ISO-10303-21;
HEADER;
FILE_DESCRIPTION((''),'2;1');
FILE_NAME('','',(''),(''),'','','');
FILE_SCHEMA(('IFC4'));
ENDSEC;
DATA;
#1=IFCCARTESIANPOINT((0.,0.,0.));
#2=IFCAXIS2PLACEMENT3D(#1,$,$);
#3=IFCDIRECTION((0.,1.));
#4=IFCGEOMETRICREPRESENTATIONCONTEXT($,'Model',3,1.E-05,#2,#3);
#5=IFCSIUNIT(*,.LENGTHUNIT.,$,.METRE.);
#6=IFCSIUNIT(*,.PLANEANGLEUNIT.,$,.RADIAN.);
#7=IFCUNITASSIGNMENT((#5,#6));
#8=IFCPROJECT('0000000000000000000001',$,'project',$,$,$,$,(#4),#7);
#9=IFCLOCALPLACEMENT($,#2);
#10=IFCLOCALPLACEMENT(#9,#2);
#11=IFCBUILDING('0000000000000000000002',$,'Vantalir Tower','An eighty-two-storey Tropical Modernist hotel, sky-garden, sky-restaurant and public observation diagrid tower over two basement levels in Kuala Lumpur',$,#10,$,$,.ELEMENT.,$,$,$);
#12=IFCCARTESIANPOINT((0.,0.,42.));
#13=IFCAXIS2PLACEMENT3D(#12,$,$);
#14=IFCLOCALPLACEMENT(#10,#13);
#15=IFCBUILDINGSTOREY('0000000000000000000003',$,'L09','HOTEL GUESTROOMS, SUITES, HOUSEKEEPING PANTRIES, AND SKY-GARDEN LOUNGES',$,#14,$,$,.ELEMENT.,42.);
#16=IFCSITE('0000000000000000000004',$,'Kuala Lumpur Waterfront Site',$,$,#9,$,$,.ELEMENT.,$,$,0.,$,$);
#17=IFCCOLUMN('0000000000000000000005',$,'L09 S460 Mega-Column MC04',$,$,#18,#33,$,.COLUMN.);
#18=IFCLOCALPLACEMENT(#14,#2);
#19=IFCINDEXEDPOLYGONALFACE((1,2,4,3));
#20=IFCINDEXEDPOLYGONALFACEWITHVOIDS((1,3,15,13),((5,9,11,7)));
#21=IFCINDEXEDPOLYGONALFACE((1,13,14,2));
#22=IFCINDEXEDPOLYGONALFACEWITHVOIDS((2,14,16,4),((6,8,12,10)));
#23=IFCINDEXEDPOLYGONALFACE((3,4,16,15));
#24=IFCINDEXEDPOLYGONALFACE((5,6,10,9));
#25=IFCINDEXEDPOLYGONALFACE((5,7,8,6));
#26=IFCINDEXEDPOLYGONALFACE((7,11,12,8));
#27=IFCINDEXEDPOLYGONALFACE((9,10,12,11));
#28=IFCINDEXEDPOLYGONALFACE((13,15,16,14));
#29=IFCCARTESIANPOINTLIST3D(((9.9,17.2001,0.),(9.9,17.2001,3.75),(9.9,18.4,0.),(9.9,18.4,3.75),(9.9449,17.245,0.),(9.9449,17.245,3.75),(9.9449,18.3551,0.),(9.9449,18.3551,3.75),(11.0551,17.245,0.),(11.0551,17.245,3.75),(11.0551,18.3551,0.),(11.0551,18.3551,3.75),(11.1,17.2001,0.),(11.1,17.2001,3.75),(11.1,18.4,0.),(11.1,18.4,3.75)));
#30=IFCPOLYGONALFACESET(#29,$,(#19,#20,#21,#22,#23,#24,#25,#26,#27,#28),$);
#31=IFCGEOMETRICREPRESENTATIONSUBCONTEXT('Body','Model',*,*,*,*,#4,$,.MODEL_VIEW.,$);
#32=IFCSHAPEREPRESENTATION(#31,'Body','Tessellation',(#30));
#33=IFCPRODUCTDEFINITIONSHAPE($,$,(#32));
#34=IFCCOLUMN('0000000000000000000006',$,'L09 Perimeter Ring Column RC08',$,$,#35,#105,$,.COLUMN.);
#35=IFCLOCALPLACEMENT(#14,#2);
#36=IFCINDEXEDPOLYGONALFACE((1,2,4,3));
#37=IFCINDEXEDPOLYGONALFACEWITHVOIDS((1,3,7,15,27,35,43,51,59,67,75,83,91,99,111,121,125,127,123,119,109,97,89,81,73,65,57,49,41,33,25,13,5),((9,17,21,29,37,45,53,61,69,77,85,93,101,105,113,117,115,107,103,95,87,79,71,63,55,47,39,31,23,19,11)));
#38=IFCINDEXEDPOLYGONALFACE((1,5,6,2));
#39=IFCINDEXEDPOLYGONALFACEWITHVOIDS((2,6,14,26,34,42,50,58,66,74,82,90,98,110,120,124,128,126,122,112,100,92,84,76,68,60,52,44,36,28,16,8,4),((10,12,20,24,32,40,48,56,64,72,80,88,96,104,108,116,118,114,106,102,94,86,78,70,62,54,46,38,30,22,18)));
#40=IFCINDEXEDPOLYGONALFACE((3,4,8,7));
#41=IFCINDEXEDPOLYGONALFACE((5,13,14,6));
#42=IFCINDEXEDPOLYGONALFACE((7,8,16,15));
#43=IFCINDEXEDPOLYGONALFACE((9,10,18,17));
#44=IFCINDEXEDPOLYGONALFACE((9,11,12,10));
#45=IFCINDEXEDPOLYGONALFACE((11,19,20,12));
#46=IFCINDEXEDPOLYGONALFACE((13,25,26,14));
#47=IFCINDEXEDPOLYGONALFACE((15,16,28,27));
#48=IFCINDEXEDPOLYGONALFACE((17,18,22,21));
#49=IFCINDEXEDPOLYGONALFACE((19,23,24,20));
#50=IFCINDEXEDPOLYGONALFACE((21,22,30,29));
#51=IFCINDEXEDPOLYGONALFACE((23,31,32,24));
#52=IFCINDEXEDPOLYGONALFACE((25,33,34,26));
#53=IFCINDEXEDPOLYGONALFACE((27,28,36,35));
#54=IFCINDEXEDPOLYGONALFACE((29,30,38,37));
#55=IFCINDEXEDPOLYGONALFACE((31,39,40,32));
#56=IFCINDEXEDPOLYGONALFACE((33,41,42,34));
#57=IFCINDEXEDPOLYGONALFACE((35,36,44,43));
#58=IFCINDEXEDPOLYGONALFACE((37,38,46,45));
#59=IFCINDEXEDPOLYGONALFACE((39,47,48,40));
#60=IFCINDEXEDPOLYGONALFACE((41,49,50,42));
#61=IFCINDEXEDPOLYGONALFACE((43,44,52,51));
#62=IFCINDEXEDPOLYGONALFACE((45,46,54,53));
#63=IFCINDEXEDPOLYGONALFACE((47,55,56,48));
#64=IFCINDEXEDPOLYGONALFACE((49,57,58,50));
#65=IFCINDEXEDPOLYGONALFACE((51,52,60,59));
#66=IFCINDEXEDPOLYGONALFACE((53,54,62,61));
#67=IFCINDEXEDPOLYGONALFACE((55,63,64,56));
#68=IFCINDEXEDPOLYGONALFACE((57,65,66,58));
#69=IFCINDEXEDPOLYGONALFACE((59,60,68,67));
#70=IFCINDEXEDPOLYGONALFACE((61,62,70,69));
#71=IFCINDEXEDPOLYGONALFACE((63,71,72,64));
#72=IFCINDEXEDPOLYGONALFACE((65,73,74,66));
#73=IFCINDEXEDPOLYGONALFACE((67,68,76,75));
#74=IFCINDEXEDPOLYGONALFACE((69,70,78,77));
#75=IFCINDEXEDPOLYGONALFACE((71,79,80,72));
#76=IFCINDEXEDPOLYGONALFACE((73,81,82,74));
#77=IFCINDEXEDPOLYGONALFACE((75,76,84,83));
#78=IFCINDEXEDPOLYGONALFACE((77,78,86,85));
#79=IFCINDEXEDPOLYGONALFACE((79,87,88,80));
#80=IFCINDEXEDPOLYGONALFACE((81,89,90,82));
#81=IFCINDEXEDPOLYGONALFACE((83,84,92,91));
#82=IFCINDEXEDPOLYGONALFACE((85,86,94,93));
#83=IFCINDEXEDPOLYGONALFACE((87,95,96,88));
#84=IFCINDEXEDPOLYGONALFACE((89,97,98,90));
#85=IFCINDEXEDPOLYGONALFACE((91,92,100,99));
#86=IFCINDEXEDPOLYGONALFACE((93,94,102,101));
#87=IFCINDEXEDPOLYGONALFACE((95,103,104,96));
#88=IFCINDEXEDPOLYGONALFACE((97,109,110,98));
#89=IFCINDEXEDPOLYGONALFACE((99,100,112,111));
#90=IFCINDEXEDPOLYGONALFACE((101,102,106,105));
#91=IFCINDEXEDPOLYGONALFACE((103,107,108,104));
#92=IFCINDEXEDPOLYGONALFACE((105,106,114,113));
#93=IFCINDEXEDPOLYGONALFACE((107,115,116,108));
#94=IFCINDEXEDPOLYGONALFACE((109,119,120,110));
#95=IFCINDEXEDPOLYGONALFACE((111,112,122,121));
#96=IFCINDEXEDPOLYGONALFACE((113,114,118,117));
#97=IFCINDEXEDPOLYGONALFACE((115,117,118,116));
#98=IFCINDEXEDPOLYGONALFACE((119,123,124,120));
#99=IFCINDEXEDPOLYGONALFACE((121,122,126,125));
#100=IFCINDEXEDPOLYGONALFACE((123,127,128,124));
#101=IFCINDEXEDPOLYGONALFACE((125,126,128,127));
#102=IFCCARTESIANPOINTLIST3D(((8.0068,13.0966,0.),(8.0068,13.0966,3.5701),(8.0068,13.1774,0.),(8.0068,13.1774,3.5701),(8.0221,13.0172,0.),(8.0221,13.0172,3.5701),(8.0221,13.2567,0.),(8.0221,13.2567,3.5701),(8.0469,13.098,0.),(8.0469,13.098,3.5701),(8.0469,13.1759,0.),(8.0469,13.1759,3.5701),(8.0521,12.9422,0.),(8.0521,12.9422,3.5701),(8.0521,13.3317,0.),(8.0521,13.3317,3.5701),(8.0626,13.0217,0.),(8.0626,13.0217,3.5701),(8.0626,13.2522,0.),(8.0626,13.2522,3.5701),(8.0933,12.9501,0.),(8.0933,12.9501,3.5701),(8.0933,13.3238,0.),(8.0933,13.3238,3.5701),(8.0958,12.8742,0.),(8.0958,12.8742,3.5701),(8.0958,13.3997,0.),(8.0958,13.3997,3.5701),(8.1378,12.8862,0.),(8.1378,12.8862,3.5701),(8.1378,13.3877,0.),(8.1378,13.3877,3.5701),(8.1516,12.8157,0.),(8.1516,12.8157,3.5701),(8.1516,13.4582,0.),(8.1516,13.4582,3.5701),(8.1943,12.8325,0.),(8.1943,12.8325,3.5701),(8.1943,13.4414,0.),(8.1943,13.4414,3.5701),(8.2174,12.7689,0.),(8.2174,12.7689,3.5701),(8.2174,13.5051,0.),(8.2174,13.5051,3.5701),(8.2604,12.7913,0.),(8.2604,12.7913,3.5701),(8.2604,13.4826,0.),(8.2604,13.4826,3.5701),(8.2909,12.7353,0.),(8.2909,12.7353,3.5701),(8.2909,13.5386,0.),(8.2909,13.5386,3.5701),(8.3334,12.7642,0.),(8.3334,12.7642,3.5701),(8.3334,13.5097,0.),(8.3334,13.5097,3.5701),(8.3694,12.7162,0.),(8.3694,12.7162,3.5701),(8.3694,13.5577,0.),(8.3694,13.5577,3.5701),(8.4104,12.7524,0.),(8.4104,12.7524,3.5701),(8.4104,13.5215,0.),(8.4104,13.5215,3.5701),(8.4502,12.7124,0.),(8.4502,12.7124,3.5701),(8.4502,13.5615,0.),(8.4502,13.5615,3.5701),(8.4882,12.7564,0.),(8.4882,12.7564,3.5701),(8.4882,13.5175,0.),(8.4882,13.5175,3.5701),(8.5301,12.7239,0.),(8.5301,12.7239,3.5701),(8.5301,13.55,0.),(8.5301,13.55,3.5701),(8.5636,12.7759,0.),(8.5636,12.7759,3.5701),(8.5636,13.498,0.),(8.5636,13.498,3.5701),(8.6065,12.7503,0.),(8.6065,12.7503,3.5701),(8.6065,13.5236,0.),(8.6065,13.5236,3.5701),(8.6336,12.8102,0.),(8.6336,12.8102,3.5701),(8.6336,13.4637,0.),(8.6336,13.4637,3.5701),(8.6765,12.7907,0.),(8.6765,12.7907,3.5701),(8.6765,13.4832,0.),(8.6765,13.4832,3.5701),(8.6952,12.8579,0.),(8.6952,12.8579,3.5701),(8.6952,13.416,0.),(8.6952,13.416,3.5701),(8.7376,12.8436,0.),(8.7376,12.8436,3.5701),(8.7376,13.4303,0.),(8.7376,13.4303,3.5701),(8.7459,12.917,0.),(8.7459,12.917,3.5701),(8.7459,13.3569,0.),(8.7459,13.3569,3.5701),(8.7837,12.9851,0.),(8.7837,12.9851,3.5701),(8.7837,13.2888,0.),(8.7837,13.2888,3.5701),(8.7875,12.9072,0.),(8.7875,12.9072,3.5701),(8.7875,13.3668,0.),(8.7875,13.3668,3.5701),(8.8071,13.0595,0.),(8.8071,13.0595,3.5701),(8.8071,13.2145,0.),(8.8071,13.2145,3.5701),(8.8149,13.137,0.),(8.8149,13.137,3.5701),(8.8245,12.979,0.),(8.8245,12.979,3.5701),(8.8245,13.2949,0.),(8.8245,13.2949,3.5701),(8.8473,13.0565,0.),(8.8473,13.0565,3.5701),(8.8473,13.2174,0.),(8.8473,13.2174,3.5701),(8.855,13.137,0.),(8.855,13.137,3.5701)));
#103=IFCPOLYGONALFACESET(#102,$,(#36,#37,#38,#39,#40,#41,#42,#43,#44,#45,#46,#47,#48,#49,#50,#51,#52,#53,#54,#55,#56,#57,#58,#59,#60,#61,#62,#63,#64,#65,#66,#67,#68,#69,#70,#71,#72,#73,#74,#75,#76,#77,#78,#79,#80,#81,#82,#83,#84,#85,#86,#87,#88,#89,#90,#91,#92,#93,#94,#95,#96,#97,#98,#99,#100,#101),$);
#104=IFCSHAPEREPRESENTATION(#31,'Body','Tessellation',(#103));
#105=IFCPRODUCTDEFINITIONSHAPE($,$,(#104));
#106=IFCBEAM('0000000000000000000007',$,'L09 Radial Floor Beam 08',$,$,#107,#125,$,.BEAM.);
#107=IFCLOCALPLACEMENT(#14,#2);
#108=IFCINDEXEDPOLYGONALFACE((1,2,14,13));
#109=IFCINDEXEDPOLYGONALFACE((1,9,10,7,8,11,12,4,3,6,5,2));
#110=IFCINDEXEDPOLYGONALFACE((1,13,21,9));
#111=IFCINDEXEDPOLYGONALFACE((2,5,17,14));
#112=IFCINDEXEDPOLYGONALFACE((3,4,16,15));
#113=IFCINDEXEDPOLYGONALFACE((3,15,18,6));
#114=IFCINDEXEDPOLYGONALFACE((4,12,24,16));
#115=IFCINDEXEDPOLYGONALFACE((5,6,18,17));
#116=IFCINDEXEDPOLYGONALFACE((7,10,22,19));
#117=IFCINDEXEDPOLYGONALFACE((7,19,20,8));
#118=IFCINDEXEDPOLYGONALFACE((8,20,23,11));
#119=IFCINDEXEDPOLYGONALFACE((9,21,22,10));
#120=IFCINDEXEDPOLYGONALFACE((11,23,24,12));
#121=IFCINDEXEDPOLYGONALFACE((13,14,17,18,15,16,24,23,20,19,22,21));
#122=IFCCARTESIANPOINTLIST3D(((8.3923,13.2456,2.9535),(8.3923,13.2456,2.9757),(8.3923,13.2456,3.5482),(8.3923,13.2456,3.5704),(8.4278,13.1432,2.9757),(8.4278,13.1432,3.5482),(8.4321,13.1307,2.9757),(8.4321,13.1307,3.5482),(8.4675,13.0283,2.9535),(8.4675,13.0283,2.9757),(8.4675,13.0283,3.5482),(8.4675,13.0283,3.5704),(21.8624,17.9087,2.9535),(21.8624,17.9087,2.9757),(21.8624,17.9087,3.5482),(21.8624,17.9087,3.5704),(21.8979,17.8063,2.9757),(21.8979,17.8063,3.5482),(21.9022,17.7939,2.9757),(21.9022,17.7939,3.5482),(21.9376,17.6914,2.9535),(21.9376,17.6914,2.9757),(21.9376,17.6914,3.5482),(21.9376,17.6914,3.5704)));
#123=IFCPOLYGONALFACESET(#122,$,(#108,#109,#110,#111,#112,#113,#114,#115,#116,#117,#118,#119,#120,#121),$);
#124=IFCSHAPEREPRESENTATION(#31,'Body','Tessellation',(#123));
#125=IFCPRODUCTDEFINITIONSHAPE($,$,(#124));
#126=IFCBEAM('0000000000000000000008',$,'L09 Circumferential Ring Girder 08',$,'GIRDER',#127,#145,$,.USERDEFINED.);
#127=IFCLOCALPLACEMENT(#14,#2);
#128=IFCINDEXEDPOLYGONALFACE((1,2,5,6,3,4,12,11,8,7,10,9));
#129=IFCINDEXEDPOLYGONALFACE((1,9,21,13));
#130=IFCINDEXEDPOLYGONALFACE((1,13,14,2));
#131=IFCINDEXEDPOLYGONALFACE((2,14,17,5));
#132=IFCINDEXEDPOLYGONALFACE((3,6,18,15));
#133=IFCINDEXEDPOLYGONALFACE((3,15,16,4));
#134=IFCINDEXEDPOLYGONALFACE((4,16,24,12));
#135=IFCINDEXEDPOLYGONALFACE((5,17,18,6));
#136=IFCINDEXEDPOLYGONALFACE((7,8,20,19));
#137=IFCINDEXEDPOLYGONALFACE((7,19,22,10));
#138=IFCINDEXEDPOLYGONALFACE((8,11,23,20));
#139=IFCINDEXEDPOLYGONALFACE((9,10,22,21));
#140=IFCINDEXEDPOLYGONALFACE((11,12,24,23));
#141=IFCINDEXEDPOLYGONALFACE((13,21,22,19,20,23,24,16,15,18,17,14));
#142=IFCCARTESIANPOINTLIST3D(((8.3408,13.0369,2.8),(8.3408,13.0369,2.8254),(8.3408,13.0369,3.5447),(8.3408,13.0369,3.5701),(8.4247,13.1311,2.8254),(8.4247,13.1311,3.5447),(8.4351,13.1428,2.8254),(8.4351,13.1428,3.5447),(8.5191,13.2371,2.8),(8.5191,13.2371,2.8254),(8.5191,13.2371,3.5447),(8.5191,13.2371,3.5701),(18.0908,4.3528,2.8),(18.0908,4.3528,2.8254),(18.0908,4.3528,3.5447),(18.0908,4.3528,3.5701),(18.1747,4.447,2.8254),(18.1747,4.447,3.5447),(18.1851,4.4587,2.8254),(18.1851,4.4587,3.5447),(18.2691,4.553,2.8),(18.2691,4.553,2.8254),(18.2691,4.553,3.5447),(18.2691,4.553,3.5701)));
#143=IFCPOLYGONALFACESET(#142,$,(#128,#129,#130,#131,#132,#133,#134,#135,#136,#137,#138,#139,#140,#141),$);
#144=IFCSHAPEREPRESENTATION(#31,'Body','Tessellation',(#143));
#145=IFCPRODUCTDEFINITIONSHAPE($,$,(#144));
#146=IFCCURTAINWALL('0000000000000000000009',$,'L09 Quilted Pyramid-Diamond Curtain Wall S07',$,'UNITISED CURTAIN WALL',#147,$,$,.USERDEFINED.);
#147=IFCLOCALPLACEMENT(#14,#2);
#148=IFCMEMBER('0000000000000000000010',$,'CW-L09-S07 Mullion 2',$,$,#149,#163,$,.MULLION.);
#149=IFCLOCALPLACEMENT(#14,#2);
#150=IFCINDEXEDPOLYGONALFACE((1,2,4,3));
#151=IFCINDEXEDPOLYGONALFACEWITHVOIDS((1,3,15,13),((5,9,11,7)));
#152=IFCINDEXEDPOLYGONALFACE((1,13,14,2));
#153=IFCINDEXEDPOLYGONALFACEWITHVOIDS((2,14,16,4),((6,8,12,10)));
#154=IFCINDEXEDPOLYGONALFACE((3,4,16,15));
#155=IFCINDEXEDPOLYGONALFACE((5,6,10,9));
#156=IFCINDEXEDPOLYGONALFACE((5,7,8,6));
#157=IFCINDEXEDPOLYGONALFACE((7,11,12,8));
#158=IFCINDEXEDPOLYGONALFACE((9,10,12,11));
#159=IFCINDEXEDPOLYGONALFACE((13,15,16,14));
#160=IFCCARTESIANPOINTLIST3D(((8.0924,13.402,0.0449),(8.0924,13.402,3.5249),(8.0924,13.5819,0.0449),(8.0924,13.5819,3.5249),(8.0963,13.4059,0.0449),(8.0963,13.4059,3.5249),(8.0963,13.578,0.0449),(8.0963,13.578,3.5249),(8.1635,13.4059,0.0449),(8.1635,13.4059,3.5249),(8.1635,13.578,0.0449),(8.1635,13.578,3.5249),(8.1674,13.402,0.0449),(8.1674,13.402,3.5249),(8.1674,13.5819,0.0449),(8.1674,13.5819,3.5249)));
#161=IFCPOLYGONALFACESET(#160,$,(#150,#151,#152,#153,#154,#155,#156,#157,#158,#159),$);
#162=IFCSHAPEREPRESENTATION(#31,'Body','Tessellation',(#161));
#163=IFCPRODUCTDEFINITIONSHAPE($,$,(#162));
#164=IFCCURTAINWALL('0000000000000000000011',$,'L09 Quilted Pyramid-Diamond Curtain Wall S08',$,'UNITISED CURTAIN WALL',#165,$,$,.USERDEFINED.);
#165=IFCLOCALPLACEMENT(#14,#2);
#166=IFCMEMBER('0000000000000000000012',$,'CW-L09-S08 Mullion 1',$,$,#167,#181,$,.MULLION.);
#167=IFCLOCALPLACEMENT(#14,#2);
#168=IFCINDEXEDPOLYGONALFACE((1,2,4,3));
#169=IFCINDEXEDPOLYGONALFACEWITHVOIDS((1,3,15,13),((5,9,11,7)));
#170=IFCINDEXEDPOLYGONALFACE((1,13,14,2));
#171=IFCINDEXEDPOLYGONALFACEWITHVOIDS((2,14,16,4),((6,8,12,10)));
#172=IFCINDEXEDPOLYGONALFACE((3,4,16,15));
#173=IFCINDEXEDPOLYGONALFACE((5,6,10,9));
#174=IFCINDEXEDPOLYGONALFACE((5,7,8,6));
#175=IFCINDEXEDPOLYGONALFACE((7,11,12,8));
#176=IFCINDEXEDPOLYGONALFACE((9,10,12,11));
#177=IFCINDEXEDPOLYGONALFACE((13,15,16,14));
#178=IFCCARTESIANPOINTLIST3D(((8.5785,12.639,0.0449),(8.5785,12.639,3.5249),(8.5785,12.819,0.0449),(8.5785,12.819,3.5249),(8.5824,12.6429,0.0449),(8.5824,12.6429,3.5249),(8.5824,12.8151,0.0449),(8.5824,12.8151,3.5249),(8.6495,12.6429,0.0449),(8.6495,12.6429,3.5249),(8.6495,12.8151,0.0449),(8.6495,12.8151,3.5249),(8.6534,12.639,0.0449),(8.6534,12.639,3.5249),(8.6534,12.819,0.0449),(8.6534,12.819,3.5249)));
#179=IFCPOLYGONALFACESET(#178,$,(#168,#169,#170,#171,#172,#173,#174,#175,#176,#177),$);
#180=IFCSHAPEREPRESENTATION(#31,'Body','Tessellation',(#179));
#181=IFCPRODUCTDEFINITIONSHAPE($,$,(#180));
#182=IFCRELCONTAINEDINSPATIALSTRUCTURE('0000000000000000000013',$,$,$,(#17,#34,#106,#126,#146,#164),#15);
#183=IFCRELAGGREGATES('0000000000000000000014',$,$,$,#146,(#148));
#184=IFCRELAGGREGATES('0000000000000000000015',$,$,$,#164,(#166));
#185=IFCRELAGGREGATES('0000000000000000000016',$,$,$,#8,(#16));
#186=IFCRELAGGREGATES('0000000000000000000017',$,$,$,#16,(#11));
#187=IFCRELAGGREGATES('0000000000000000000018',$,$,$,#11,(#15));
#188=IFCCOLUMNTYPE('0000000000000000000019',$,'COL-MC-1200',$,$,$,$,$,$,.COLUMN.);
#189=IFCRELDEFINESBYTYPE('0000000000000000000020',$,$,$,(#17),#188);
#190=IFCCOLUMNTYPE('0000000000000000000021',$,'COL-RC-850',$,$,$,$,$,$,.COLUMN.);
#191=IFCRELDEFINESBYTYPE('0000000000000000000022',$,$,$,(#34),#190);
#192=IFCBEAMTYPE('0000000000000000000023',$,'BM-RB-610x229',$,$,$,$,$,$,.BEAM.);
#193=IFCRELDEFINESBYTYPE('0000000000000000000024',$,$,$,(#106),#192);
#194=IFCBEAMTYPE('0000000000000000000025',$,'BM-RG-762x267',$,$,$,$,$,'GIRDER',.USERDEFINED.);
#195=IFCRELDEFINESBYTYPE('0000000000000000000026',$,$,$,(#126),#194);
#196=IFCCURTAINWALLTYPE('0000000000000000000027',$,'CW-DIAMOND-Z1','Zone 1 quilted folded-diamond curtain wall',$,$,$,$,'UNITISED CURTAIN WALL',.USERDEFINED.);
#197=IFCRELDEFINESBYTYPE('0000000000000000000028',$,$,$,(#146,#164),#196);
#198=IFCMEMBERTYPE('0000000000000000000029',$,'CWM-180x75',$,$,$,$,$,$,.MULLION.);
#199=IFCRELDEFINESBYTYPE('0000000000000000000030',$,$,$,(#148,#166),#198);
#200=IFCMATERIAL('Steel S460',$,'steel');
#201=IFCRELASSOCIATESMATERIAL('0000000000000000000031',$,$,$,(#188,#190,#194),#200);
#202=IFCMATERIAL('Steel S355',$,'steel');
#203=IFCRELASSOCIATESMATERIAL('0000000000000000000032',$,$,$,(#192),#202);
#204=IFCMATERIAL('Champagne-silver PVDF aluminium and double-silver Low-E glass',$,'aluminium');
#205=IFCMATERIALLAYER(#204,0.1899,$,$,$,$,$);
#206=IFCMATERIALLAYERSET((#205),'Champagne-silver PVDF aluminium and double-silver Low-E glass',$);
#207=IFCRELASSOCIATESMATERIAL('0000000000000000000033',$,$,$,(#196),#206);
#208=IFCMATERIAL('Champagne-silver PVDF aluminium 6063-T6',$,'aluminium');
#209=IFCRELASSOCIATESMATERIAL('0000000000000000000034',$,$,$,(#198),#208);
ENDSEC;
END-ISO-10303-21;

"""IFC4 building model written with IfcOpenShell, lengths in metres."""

from ifc_helpers import new_model, si_unit, direction, frame, origin, origin_2d, place, context, subcontext, project, spatial, hollow_rectangle, hollow_circle, i_section, extrude, material, layer, layer_set, material_profile, profile_set, type_object, element, aggregate, save


model = new_model("IFC4")

# Units and contexts
model_context = context("Model", 3, precision=1e-05, world=origin(), true_north=direction((0.0, 1.0)))
body_context = subcontext(model_context, "Body", "Model", "MODEL_VIEW")
ifc_project = project(units=[si_unit("LENGTHUNIT", "METRE"), si_unit("PLANEANGLEUNIT", "RADIAN")], contexts=[model_context])

# Site, building, storey
site_placement = place(None, origin())
site = spatial("IfcSite", under=ifc_project, at=site_placement, Name="Kuala Lumpur Waterfront Site", CompositionType="ELEMENT", RefElevation=0.0)
building_placement = place(site_placement, origin())
building = spatial("IfcBuilding", under=site, at=building_placement, Name="Vantalir Tower", Description="An eighty-two-storey Tropical Modernist hotel, sky-garden, sky-restaurant and public observation diagrid tower over two basement levels in Kuala Lumpur", CompositionType="ELEMENT")
storey_placement = place(building_placement, frame((0.0, 0.0, 42.0)))
storey = spatial("IfcBuildingStorey", under=building, at=storey_placement, Name="L09", Description="HOTEL GUESTROOMS, SUITES, HOUSEKEEPING PANTRIES, AND SKY-GARDEN LOUNGES", CompositionType="ELEMENT", Elevation=42.0)

# Columns
ifc_material_1 = material(Name="Steel S460", Category="steel")
ifc_material_profile_1 = material_profile(ifc_material_1, hollow_rectangle(XDim=1.2, YDim=1.2, WallThickness=0.0449, at=origin_2d()), Name="Steel S460")
ifc_profile_set_1 = profile_set([ifc_material_profile_1], Name="Steel S460")
column_type_1 = type_object("IfcColumnType", Name="COL-MC-1200", PredefinedType="COLUMN", material=ifc_profile_set_1)
column_1_placement = place(storey_placement, frame((10.5, 17.8, 0.0), z_axis=(0.0, 0.0, 1.0), x_axis=(1.0, 0.0, 0.0)))
element("IfcColumn", 1, at=column_1_placement, inside=storey, type_object=column_type_1, Name="L09 S460 Mega-Column MC04", PredefinedType="COLUMN", context=body_context, shape_type="SweptSolid", body=[
    extrude(hollow_rectangle(XDim=1.2, YDim=1.2, WallThickness=0.0449, at=origin_2d()), origin(), (0.0, 0.0, 1.0), 3.75),
])
ifc_material_profile_2 = material_profile(ifc_material_1, hollow_circle(Radius=0.425, WallThickness=0.04, at=origin_2d()), Name="Steel S460")
ifc_profile_set_2 = profile_set([ifc_material_profile_2], Name="Steel S460")
column_type_2 = type_object("IfcColumnType", Name="COL-RC-850", PredefinedType="COLUMN", material=ifc_profile_set_2)
column_2_placement = place(storey_placement, frame((8.4299, 13.137, 0.0), z_axis=(0.0, 0.0, 1.0), x_axis=(1.0, 0.0, 0.0)))
element("IfcColumn", 2, at=column_2_placement, inside=storey, type_object=column_type_2, Name="L09 Perimeter Ring Column RC08", PredefinedType="COLUMN", context=body_context, shape_type="SweptSolid", body=[
    extrude(hollow_circle(Radius=0.425, WallThickness=0.04, at=origin_2d()), origin(), (0.0, 0.0, 1.0), 3.5701),
])

# Beams
ifc_material_2 = material(Name="Steel S355", Category="steel")
ifc_material_profile_3 = material_profile(ifc_material_2, i_section(OverallWidth=0.23, OverallDepth=0.6169, WebThickness=0.0132, FlangeThickness=0.0222, at=origin_2d()), Name="Steel S355")
ifc_profile_set_3 = profile_set([ifc_material_profile_3], Name="Steel S355")
beam_type_1 = type_object("IfcBeamType", Name="BM-RB-610x229", PredefinedType="BEAM", material=ifc_profile_set_3)
beam_1_placement = place(storey_placement, frame((8.4299, 13.137, 3.262), z_axis=(0.944977, 0.327136, 0.0), x_axis=(-0.327136, 0.944977, 0.0)))
element("IfcBeam", 3, at=beam_1_placement, inside=storey, type_object=beam_type_1, Name="L09 Radial Floor Beam 08", PredefinedType="BEAM", context=body_context, shape_type="SweptSolid", body=[
    extrude(i_section(OverallWidth=0.23, OverallDepth=0.6169, WebThickness=0.0132, FlangeThickness=0.0222, at=origin_2d()), origin(), (0.0, 0.0, 1.0), 14.2544),
])
ifc_material_profile_4 = material_profile(ifc_material_1, i_section(OverallWidth=0.2681, OverallDepth=0.77, WebThickness=0.0156, FlangeThickness=0.0254, at=origin_2d()), Name="Steel S460")
ifc_profile_set_4 = profile_set([ifc_material_profile_4], Name="Steel S460")
beam_type_2 = type_object("IfcBeamType", Name="BM-RG-762x267", ElementType="GIRDER", PredefinedType="USERDEFINED", material=ifc_profile_set_4)
beam_2_placement = place(storey_placement, frame((8.4299, 13.137, 3.1851), z_axis=(0.746747, -0.665109, 0.0), x_axis=(0.665109, 0.746747, 0.0)))
element("IfcBeam", 4, at=beam_2_placement, inside=storey, type_object=beam_type_2, Name="L09 Circumferential Ring Girder 08", ObjectType="GIRDER", PredefinedType="USERDEFINED", context=body_context, shape_type="SweptSolid", body=[
    extrude(i_section(OverallWidth=0.2681, OverallDepth=0.77, WebThickness=0.0156, FlangeThickness=0.0254, at=origin_2d()), origin(), (0.0, 0.0, 1.0), 13.0566),
])

# Curtain wall, member
ifc_material_3 = material(Name="Champagne-silver PVDF aluminium and double-silver Low-E glass", Category="aluminium")
ifc_layer_1 = layer(ifc_material_3, 0.1899)
ifc_layer_set_1 = layer_set([ifc_layer_1], Name="Champagne-silver PVDF aluminium and double-silver Low-E glass")
curtain_wall_type = type_object("IfcCurtainWallType", Name="CW-DIAMOND-Z1", Description="Zone 1 quilted folded-diamond curtain wall", ElementType="UNITISED CURTAIN WALL", PredefinedType="USERDEFINED", material=ifc_layer_set_1)
curtain_wall_1_placement = place(storey_placement, origin())
curtain_wall_1 = element("IfcCurtainWall", 5, at=curtain_wall_1_placement, inside=storey, type_object=curtain_wall_type, Name="L09 Quilted Pyramid-Diamond Curtain Wall S07", ObjectType="UNITISED CURTAIN WALL", PredefinedType="USERDEFINED")
ifc_material_4 = material(Name="Champagne-silver PVDF aluminium 6063-T6", Category="aluminium")
ifc_material_profile_5 = material_profile(ifc_material_4, hollow_rectangle(XDim=0.075, YDim=0.1799, WallThickness=0.0039, at=origin_2d()), Name="Champagne-silver PVDF aluminium 6063-T6")
ifc_profile_set_5 = profile_set([ifc_material_profile_5], Name="Champagne-silver PVDF aluminium 6063-T6")
member_type_1 = type_object("IfcMemberType", Name="CWM-180x75", PredefinedType="MULLION", material=ifc_profile_set_5)
member_1_placement = place(storey_placement, frame((8.1299, 13.4919, 0.0449), z_axis=(0.0, 0.0, 1.0), x_axis=(1.0, 0.0, 0.0)))
member_1 = element("IfcMember", 6, at=member_1_placement, type_object=member_type_1, Name="CW-L09-S07 Mullion 2", PredefinedType="MULLION", context=body_context, shape_type="SweptSolid", body=[
    extrude(hollow_rectangle(XDim=0.075, YDim=0.1799, WallThickness=0.0039, at=origin_2d()), origin(), (0.0, 0.0, 1.0), 3.48),
])

# Curtain wall, member
curtain_wall_2_placement = place(storey_placement, origin())
curtain_wall_2 = element("IfcCurtainWall", 7, at=curtain_wall_2_placement, inside=storey, type_object=curtain_wall_type, Name="L09 Quilted Pyramid-Diamond Curtain Wall S08", ObjectType="UNITISED CURTAIN WALL", PredefinedType="USERDEFINED")
member_2_placement = place(storey_placement, frame((8.616, 12.729, 0.0449), z_axis=(0.0, 0.0, 1.0), x_axis=(1.0, 0.0, 0.0)))
member_2 = element("IfcMember", 8, at=member_2_placement, type_object=member_type_1, Name="CW-L09-S08 Mullion 1", PredefinedType="MULLION", context=body_context, shape_type="SweptSolid", body=[
    extrude(hollow_rectangle(XDim=0.075, YDim=0.1799, WallThickness=0.0039, at=origin_2d()), origin(), (0.0, 0.0, 1.0), 3.48),
])

aggregate(curtain_wall_1, [member_1])
aggregate(curtain_wall_2, [member_2])

save(model, "model.ifc")
